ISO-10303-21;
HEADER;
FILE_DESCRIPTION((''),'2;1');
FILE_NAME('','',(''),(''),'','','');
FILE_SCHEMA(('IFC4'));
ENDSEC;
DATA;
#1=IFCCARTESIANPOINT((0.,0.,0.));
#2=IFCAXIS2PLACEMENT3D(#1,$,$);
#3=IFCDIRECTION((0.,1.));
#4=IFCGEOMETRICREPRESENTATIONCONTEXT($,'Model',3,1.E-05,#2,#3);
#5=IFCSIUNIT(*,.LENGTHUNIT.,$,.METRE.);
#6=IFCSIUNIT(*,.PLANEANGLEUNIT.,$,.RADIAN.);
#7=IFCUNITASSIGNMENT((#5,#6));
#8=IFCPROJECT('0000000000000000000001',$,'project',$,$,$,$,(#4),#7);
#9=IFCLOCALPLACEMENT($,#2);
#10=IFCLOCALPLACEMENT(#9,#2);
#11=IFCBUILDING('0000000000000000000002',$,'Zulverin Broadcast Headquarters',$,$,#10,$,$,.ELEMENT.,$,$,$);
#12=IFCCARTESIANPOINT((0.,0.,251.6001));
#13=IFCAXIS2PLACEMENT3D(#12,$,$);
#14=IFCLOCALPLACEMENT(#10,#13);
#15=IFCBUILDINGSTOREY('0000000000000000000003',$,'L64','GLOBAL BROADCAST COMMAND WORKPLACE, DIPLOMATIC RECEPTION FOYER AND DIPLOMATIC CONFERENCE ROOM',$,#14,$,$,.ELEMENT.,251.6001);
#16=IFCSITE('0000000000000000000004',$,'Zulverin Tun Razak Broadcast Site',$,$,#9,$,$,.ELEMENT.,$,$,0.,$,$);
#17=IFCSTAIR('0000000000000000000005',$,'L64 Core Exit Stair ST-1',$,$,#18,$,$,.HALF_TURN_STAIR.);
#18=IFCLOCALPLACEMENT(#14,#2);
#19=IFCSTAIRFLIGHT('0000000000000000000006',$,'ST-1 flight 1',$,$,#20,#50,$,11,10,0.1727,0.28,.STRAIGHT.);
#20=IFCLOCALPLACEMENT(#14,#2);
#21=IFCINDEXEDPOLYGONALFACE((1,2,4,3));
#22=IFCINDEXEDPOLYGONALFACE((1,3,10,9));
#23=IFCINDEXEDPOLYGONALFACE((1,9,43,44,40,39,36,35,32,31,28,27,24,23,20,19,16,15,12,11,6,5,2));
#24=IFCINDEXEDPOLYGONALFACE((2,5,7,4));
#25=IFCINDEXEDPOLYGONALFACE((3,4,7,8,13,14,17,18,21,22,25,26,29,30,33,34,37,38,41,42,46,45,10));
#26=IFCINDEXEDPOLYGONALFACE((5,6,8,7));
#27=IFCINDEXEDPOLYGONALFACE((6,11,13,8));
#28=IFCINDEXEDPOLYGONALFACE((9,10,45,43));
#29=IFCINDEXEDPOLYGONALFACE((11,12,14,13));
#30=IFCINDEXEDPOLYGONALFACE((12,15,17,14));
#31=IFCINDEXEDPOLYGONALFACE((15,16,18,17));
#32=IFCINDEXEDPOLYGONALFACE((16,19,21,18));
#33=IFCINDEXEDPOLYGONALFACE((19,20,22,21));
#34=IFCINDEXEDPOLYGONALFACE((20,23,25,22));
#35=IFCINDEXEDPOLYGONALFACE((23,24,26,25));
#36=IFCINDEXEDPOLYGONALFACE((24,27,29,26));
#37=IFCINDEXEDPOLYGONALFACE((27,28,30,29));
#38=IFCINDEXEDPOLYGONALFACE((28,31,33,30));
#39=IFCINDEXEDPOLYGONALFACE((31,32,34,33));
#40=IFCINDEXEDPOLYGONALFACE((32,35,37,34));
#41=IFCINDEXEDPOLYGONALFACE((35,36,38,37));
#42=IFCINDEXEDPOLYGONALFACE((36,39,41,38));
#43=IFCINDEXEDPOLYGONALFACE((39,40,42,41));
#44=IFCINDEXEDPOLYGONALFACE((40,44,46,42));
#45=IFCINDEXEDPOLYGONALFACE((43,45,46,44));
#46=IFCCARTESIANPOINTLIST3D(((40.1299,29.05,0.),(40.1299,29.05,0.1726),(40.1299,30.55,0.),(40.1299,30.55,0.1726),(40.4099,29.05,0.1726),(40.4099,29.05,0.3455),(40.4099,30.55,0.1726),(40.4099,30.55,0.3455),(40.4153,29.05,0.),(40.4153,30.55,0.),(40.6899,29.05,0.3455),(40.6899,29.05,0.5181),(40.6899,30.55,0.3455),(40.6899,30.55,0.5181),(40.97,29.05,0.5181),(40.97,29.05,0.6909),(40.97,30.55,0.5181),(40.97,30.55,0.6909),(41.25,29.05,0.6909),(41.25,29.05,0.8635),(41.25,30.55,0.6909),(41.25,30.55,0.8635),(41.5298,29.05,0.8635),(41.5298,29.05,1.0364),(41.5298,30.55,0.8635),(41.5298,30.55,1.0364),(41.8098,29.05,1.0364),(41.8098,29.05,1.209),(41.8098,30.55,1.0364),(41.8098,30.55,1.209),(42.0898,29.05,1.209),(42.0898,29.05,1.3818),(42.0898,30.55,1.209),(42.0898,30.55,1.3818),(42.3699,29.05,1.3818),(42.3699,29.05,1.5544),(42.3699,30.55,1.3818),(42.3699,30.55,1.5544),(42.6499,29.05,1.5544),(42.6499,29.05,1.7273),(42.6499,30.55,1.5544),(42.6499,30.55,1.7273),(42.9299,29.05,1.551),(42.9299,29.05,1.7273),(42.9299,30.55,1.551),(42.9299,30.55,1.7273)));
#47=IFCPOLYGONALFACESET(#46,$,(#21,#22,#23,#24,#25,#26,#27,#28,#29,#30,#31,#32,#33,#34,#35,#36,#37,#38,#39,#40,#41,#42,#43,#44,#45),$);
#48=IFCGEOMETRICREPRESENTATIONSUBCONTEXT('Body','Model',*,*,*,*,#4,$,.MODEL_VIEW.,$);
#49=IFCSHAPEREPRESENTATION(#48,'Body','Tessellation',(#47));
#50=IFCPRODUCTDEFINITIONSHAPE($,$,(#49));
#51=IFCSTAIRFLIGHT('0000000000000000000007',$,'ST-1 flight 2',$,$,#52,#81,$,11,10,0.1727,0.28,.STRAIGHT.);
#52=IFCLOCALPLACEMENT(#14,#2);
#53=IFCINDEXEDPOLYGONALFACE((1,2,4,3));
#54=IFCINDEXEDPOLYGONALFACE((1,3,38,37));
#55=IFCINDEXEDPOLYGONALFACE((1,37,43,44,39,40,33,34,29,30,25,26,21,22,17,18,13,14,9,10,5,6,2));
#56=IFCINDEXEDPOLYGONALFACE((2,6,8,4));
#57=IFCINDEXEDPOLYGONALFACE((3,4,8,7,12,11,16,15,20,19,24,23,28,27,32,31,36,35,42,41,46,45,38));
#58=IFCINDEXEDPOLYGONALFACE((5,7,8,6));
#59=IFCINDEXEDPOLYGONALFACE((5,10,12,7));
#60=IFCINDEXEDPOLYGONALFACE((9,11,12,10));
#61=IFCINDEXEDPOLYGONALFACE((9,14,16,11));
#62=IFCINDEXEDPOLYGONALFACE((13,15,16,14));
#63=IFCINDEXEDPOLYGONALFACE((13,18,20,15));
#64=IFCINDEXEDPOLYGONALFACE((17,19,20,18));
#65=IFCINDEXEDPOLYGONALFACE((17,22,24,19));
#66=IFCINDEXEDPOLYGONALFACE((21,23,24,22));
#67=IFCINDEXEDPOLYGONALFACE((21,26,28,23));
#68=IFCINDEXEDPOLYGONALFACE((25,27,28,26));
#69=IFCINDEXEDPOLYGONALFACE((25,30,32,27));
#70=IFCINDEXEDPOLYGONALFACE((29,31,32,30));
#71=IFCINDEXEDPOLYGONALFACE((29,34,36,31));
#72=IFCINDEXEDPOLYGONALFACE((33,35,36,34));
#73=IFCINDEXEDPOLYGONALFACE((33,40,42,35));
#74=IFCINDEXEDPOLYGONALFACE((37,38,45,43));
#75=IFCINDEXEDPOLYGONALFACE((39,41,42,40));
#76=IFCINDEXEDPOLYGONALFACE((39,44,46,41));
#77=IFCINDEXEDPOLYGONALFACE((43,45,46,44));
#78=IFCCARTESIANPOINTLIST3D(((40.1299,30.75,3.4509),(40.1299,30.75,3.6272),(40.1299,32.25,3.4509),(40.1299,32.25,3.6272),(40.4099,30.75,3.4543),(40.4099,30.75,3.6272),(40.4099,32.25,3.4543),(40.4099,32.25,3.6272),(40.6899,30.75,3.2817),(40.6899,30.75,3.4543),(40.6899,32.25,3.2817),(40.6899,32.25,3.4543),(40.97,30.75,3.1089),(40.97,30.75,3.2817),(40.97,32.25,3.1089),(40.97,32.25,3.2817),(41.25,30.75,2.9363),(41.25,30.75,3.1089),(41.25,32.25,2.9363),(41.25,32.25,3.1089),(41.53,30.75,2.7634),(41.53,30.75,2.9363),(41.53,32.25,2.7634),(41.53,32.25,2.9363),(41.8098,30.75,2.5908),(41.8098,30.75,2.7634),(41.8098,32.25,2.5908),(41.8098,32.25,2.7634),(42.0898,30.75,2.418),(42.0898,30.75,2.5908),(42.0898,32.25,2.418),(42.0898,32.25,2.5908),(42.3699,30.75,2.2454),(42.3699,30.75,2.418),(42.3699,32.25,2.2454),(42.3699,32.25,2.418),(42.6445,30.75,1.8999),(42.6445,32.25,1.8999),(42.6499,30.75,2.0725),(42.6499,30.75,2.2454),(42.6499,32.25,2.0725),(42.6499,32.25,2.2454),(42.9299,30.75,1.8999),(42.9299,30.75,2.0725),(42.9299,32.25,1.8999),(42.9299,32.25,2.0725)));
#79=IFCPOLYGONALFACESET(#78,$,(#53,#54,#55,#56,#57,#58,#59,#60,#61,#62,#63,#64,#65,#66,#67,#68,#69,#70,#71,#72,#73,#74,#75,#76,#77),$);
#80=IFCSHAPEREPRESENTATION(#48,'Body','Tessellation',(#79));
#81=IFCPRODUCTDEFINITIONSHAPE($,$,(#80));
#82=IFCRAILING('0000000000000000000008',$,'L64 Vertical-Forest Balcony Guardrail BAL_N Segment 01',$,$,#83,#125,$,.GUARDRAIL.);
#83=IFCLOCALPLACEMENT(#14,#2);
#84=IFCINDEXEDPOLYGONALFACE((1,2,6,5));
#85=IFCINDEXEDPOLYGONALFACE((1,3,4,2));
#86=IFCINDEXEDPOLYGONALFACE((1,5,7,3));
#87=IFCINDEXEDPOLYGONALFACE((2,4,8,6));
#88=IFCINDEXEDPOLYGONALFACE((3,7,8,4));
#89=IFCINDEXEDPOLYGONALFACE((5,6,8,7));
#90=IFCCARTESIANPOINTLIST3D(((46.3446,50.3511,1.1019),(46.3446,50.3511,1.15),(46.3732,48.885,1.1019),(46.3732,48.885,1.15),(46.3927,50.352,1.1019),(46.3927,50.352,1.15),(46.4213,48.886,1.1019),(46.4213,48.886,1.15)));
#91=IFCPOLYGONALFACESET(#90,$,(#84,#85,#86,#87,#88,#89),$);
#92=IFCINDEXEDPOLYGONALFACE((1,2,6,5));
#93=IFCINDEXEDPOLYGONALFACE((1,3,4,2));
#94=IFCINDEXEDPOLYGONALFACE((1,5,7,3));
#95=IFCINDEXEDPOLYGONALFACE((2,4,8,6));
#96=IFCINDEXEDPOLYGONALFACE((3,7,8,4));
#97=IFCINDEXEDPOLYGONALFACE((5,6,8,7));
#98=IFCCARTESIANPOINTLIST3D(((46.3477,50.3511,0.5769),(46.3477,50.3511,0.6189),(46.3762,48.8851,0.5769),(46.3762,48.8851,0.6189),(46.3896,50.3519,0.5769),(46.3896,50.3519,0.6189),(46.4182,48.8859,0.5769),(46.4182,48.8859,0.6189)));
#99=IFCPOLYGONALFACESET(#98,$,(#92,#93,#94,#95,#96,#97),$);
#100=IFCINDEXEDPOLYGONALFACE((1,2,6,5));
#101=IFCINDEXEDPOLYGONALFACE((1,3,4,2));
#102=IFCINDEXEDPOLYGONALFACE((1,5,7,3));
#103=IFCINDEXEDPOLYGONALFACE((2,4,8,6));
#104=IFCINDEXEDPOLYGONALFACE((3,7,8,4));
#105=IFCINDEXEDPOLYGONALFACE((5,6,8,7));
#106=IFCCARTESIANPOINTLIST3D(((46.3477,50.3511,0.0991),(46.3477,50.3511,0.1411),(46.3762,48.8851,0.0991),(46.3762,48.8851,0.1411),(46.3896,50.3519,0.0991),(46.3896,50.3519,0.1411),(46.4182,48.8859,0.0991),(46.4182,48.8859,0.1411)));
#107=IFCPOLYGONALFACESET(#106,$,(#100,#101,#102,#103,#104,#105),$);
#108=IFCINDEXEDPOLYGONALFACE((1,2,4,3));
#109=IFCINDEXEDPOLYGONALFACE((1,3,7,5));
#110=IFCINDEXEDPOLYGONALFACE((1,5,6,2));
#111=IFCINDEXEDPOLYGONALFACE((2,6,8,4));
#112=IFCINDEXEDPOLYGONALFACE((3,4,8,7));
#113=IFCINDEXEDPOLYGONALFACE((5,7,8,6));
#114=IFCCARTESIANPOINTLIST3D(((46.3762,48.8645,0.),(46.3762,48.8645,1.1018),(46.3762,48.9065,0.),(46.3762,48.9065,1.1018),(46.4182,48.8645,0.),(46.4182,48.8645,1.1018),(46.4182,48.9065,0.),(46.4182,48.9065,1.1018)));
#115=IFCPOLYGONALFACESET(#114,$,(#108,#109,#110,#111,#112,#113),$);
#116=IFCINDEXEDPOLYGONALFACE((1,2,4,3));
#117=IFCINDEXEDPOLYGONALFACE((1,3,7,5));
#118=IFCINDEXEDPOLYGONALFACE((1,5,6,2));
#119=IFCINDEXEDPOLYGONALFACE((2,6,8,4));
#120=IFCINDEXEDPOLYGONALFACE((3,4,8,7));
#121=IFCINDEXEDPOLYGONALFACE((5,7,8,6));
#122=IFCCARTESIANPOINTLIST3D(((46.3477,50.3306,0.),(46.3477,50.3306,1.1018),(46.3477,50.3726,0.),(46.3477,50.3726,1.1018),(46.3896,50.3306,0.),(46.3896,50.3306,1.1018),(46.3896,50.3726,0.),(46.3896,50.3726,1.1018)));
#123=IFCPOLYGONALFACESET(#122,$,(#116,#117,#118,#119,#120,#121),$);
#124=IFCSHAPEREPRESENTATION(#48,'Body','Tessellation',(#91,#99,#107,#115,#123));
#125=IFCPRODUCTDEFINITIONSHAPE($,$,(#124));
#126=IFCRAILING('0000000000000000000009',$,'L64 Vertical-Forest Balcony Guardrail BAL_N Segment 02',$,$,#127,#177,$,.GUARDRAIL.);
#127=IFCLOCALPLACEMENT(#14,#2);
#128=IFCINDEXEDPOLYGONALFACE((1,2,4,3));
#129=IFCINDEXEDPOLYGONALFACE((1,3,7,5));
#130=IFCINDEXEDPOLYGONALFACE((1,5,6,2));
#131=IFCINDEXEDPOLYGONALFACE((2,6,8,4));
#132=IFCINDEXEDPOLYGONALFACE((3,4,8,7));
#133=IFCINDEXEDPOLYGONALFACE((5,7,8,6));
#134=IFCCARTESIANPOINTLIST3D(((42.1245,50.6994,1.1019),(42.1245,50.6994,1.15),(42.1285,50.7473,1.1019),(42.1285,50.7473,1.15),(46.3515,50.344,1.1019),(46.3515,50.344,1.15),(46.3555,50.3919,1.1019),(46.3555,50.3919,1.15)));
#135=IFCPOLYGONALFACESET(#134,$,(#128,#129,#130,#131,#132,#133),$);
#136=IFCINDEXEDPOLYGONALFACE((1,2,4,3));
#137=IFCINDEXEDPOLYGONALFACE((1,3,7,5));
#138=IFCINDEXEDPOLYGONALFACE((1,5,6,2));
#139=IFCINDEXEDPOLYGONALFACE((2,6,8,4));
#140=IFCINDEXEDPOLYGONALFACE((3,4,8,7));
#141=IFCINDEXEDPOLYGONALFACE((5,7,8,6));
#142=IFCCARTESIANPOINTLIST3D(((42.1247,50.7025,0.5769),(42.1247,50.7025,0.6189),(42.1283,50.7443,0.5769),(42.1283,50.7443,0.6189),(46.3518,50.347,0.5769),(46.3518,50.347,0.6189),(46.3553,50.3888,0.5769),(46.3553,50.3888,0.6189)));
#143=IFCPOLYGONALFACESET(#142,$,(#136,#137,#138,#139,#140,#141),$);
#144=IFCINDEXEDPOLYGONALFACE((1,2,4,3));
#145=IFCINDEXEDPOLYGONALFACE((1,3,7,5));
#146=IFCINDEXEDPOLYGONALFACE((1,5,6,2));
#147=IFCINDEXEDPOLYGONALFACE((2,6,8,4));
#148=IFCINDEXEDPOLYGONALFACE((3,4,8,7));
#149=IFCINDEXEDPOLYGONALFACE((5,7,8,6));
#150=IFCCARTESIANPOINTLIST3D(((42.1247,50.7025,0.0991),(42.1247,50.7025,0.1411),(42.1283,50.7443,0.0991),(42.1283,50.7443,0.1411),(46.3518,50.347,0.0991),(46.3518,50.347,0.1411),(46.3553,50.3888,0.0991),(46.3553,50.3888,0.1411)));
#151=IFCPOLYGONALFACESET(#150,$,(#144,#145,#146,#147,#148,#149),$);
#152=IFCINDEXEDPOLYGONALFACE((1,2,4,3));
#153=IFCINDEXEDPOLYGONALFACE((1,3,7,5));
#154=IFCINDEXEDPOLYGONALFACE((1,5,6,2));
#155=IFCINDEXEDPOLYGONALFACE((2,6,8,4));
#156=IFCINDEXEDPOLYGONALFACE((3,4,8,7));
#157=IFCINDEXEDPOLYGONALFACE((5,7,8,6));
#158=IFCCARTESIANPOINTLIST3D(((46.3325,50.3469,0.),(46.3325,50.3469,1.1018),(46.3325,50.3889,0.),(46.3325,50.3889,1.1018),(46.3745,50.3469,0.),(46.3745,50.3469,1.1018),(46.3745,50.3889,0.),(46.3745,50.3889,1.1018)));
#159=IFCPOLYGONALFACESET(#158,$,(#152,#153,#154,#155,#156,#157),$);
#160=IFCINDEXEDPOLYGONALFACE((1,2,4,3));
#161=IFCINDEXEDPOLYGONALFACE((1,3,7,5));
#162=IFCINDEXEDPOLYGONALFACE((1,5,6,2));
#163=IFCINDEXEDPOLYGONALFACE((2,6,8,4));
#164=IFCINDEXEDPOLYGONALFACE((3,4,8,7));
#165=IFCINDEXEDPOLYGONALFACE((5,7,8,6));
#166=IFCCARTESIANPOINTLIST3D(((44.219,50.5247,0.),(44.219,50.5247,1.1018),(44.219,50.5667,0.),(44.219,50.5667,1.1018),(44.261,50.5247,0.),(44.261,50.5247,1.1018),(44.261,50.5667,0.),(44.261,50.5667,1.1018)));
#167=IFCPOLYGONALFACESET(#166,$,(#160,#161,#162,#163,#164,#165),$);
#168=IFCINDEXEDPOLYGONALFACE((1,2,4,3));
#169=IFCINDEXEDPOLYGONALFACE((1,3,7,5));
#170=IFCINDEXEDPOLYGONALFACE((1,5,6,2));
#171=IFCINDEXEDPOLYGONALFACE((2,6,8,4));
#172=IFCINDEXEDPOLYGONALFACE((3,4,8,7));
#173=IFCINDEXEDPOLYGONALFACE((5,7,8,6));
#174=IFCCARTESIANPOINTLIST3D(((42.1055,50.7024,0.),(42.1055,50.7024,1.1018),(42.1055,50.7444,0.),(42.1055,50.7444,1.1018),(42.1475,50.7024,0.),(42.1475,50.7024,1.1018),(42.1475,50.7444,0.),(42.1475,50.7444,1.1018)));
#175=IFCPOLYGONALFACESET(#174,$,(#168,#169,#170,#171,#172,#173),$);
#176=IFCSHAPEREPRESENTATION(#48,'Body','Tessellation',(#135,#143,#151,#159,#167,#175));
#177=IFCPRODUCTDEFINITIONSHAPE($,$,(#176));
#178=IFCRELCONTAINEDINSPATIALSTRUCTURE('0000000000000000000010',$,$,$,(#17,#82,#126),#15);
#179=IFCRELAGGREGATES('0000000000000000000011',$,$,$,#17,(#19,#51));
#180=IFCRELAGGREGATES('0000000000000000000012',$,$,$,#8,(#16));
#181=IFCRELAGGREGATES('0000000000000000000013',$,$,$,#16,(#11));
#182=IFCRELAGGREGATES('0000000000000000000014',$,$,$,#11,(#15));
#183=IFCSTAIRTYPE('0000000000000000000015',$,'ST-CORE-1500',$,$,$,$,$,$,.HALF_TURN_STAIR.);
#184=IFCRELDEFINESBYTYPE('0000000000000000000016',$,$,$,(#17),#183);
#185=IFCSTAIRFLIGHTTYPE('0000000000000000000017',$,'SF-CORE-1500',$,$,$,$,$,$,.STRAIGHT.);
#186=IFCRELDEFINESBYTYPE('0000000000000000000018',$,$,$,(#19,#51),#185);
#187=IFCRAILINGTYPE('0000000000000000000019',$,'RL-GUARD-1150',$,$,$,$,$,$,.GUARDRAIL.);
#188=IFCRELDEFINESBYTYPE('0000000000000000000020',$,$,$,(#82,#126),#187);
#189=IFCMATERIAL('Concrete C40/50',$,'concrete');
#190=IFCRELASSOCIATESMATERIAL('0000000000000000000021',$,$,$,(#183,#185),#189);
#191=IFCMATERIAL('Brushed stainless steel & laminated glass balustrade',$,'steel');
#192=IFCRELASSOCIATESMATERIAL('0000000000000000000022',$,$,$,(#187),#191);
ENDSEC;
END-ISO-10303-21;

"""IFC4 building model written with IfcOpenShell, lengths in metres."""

from ifc_helpers import new_model, si_unit, direction, frame, origin, origin_2d, place, context, subcontext, project, spatial, polyline, rectangle, outline, extrude, material, type_object, element, aggregate, save


model = new_model("IFC4")

# Units and contexts
model_context = context("Model", 3, precision=1e-05, world=origin(), true_north=direction((0.0, 1.0)))
body_context = subcontext(model_context, "Body", "Model", "MODEL_VIEW")
ifc_project = project(units=[si_unit("LENGTHUNIT", "METRE"), si_unit("PLANEANGLEUNIT", "RADIAN")], contexts=[model_context])

# Site, building, storey
site_placement = place(None, origin())
site = spatial("IfcSite", under=ifc_project, at=site_placement, Name="Zulverin Tun Razak Broadcast Site", CompositionType="ELEMENT", RefElevation=0.0)
building_placement = place(site_placement, origin())
building = spatial("IfcBuilding", under=site, at=building_placement, Name="Zulverin Broadcast Headquarters", CompositionType="ELEMENT")
storey_placement = place(building_placement, frame((0.0, 0.0, 251.6001)))
storey = spatial("IfcBuildingStorey", under=building, at=storey_placement, Name="L64", Description="GLOBAL BROADCAST COMMAND WORKPLACE, DIPLOMATIC RECEPTION FOYER AND DIPLOMATIC CONFERENCE ROOM", CompositionType="ELEMENT", Elevation=251.6001)

# Shared definitions
ifc_material_1 = material(Name="Concrete C40/50", Category="concrete")

# Stair, stair flights
stair_type = type_object("IfcStairType", Name="ST-CORE-1500", PredefinedType="HALF_TURN_STAIR", material=ifc_material_1)
stair_placement = place(storey_placement, origin())
stair = element("IfcStair", 1, at=stair_placement, inside=storey, type_object=stair_type, Name="L64 Core Exit Stair ST-1", PredefinedType="HALF_TURN_STAIR")
stair_flight_type = type_object("IfcStairFlightType", Name="SF-CORE-1500", PredefinedType="STRAIGHT", material=ifc_material_1)
stair_flight_1_placement = place(storey_placement, frame((40.1299, 29.8, 0.0), z_axis=(0.0, 0.0, 1.0), x_axis=(1.0, 0.0, 0.0)))
stair_flight_1 = element("IfcStairFlight", 2, at=stair_flight_1_placement, type_object=stair_flight_type, Name="ST-1 flight 1", NumberOfRisers=11, NumberOfTreads=10, PredefinedType="STRAIGHT", RiserHeight=0.1727, TreadLength=0.28, context=body_context, shape_type="SweptSolid", body=[
    extrude(outline(polyline([(0.0, 0.0), (0.0, 0.1726), (0.28, 0.1726), (0.28, 0.3455), (0.5601, 0.3455), (0.5601, 0.5181), (0.8401, 0.5181), (0.8401, 0.6909), (1.1201, 0.6909), (1.1201, 0.8635), (1.3999, 0.8635), (1.3999, 1.0364), (1.6799, 1.0364), (1.6799, 1.209), (1.96, 1.209), (1.96, 1.3818), (2.24, 1.3818), (2.24, 1.5544), (2.52, 1.5544), (2.52, 1.7273), (2.8, 1.7273), (2.8, 1.8999), (2.8, 1.551), (0.2854, 0.0), (0.0, 0.0)])), frame((0.0, 0.75, 0.0), z_axis=(0.0, -1.0, 0.0), x_axis=(1.0, 0.0, 0.0)), (0.0, 0.0, 1.0), 1.5),
])
stair_flight_2_placement = place(storey_placement, frame((42.9299, 31.5, 1.8999), z_axis=(0.0, 0.0, 1.0), x_axis=(-1.0, 0.0, 0.0)))
stair_flight_2 = element("IfcStairFlight", 3, at=stair_flight_2_placement, type_object=stair_flight_type, Name="ST-1 flight 2", NumberOfRisers=11, NumberOfTreads=10, PredefinedType="STRAIGHT", RiserHeight=0.1727, TreadLength=0.28, context=body_context, shape_type="SweptSolid", body=[
    extrude(outline(polyline([(0.0, 0.0), (0.0, 0.1726), (0.28, 0.1726), (0.28, 0.3455), (0.5601, 0.3455), (0.5601, 0.5181), (0.8401, 0.5181), (0.8401, 0.6909), (1.1201, 0.6909), (1.1201, 0.8635), (1.3999, 0.8635), (1.3999, 1.0364), (1.6799, 1.0364), (1.6799, 1.209), (1.96, 1.209), (1.96, 1.3818), (2.24, 1.3818), (2.24, 1.5544), (2.52, 1.5544), (2.52, 1.7273), (2.8, 1.7273), (2.8, 1.8999), (2.8, 1.551), (0.2854, 0.0), (0.0, 0.0)])), frame((0.0, 0.75, 0.0), z_axis=(0.0, -1.0, 0.0), x_axis=(1.0, 0.0, 0.0)), (0.0, 0.0, 1.0), 1.5),
])
aggregate(stair, [stair_flight_1, stair_flight_2])

# Railings
ifc_material_2 = material(Name="Brushed stainless steel & laminated glass balustrade", Category="steel")
railing_type_1 = type_object("IfcRailingType", Name="RL-GUARD-1150", PredefinedType="GUARDRAIL", material=ifc_material_2)
railing_1_placement = place(storey_placement, frame((46.3972, 48.8855, 0.0)))
element("IfcRailing", 4, at=railing_1_placement, inside=storey, type_object=railing_type_1, Name="L64 Vertical-Forest Balcony Guardrail BAL_N Segment 01", PredefinedType="GUARDRAIL", context=body_context, shape_type="SweptSolid", body=[
    extrude(rectangle(XDim=0.0481, YDim=0.0481, at=origin_2d()), frame((0.0, 0.0, 1.126), z_axis=(-0.01948, 0.99981, 0.0), x_axis=(-0.99981, -0.01948, 0.0)), (0.0, 0.0, 1.0), 1.4663),
    extrude(rectangle(XDim=0.042, YDim=0.042, at=origin_2d()), frame((0.0, 0.0, 0.5979), z_axis=(-0.01948, 0.99981, 0.0), x_axis=(-0.99981, -0.01948, 0.0)), (0.0, 0.0, 1.0), 1.4663),
    extrude(rectangle(XDim=0.042, YDim=0.042, at=origin_2d()), frame((0.0, 0.0, 0.1201), z_axis=(-0.01948, 0.99981, 0.0), x_axis=(-0.99981, -0.01948, 0.0)), (0.0, 0.0, 1.0), 1.4663),
    extrude(rectangle(XDim=0.042, YDim=0.042, at=origin_2d()), origin(), (0.0, 0.0, 1.0), 1.1018),
    extrude(rectangle(XDim=0.042, YDim=0.042, at=origin_2d()), frame((-0.0286, 1.4661, 0.0)), (0.0, 0.0, 1.0), 1.1018),
])
railing_2_placement = place(storey_placement, frame((46.3535, 50.3679, 0.0)))
element("IfcRailing", 5, at=railing_2_placement, inside=storey, type_object=railing_type_1, Name="L64 Vertical-Forest Balcony Guardrail BAL_N Segment 02", PredefinedType="GUARDRAIL", context=body_context, shape_type="SweptSolid", body=[
    extrude(rectangle(XDim=0.0481, YDim=0.0481, at=origin_2d()), frame((0.0, 0.0, 1.126), z_axis=(-0.996483, 0.083798, 0.0), x_axis=(-0.083798, -0.996483, 0.0)), (0.0, 0.0, 1.0), 4.2419),
    extrude(rectangle(XDim=0.042, YDim=0.042, at=origin_2d()), frame((0.0, 0.0, 0.5979), z_axis=(-0.996483, 0.083798, 0.0), x_axis=(-0.083798, -0.996483, 0.0)), (0.0, 0.0, 1.0), 4.2419),
    extrude(rectangle(XDim=0.042, YDim=0.042, at=origin_2d()), frame((0.0, 0.0, 0.1201), z_axis=(-0.996483, 0.083798, 0.0), x_axis=(-0.083798, -0.996483, 0.0)), (0.0, 0.0, 1.0), 4.2419),
    extrude(rectangle(XDim=0.042, YDim=0.042, at=origin_2d()), origin(), (0.0, 0.0, 1.0), 1.1018),
    extrude(rectangle(XDim=0.042, YDim=0.042, at=origin_2d()), frame((-2.1135, 0.1777, 0.0)), (0.0, 0.0, 1.0), 1.1018),
    extrude(rectangle(XDim=0.042, YDim=0.042, at=origin_2d()), frame((-4.2271, 0.3555, 0.0)), (0.0, 0.0, 1.0), 1.1018),
])

save(model, "model.ifc")
